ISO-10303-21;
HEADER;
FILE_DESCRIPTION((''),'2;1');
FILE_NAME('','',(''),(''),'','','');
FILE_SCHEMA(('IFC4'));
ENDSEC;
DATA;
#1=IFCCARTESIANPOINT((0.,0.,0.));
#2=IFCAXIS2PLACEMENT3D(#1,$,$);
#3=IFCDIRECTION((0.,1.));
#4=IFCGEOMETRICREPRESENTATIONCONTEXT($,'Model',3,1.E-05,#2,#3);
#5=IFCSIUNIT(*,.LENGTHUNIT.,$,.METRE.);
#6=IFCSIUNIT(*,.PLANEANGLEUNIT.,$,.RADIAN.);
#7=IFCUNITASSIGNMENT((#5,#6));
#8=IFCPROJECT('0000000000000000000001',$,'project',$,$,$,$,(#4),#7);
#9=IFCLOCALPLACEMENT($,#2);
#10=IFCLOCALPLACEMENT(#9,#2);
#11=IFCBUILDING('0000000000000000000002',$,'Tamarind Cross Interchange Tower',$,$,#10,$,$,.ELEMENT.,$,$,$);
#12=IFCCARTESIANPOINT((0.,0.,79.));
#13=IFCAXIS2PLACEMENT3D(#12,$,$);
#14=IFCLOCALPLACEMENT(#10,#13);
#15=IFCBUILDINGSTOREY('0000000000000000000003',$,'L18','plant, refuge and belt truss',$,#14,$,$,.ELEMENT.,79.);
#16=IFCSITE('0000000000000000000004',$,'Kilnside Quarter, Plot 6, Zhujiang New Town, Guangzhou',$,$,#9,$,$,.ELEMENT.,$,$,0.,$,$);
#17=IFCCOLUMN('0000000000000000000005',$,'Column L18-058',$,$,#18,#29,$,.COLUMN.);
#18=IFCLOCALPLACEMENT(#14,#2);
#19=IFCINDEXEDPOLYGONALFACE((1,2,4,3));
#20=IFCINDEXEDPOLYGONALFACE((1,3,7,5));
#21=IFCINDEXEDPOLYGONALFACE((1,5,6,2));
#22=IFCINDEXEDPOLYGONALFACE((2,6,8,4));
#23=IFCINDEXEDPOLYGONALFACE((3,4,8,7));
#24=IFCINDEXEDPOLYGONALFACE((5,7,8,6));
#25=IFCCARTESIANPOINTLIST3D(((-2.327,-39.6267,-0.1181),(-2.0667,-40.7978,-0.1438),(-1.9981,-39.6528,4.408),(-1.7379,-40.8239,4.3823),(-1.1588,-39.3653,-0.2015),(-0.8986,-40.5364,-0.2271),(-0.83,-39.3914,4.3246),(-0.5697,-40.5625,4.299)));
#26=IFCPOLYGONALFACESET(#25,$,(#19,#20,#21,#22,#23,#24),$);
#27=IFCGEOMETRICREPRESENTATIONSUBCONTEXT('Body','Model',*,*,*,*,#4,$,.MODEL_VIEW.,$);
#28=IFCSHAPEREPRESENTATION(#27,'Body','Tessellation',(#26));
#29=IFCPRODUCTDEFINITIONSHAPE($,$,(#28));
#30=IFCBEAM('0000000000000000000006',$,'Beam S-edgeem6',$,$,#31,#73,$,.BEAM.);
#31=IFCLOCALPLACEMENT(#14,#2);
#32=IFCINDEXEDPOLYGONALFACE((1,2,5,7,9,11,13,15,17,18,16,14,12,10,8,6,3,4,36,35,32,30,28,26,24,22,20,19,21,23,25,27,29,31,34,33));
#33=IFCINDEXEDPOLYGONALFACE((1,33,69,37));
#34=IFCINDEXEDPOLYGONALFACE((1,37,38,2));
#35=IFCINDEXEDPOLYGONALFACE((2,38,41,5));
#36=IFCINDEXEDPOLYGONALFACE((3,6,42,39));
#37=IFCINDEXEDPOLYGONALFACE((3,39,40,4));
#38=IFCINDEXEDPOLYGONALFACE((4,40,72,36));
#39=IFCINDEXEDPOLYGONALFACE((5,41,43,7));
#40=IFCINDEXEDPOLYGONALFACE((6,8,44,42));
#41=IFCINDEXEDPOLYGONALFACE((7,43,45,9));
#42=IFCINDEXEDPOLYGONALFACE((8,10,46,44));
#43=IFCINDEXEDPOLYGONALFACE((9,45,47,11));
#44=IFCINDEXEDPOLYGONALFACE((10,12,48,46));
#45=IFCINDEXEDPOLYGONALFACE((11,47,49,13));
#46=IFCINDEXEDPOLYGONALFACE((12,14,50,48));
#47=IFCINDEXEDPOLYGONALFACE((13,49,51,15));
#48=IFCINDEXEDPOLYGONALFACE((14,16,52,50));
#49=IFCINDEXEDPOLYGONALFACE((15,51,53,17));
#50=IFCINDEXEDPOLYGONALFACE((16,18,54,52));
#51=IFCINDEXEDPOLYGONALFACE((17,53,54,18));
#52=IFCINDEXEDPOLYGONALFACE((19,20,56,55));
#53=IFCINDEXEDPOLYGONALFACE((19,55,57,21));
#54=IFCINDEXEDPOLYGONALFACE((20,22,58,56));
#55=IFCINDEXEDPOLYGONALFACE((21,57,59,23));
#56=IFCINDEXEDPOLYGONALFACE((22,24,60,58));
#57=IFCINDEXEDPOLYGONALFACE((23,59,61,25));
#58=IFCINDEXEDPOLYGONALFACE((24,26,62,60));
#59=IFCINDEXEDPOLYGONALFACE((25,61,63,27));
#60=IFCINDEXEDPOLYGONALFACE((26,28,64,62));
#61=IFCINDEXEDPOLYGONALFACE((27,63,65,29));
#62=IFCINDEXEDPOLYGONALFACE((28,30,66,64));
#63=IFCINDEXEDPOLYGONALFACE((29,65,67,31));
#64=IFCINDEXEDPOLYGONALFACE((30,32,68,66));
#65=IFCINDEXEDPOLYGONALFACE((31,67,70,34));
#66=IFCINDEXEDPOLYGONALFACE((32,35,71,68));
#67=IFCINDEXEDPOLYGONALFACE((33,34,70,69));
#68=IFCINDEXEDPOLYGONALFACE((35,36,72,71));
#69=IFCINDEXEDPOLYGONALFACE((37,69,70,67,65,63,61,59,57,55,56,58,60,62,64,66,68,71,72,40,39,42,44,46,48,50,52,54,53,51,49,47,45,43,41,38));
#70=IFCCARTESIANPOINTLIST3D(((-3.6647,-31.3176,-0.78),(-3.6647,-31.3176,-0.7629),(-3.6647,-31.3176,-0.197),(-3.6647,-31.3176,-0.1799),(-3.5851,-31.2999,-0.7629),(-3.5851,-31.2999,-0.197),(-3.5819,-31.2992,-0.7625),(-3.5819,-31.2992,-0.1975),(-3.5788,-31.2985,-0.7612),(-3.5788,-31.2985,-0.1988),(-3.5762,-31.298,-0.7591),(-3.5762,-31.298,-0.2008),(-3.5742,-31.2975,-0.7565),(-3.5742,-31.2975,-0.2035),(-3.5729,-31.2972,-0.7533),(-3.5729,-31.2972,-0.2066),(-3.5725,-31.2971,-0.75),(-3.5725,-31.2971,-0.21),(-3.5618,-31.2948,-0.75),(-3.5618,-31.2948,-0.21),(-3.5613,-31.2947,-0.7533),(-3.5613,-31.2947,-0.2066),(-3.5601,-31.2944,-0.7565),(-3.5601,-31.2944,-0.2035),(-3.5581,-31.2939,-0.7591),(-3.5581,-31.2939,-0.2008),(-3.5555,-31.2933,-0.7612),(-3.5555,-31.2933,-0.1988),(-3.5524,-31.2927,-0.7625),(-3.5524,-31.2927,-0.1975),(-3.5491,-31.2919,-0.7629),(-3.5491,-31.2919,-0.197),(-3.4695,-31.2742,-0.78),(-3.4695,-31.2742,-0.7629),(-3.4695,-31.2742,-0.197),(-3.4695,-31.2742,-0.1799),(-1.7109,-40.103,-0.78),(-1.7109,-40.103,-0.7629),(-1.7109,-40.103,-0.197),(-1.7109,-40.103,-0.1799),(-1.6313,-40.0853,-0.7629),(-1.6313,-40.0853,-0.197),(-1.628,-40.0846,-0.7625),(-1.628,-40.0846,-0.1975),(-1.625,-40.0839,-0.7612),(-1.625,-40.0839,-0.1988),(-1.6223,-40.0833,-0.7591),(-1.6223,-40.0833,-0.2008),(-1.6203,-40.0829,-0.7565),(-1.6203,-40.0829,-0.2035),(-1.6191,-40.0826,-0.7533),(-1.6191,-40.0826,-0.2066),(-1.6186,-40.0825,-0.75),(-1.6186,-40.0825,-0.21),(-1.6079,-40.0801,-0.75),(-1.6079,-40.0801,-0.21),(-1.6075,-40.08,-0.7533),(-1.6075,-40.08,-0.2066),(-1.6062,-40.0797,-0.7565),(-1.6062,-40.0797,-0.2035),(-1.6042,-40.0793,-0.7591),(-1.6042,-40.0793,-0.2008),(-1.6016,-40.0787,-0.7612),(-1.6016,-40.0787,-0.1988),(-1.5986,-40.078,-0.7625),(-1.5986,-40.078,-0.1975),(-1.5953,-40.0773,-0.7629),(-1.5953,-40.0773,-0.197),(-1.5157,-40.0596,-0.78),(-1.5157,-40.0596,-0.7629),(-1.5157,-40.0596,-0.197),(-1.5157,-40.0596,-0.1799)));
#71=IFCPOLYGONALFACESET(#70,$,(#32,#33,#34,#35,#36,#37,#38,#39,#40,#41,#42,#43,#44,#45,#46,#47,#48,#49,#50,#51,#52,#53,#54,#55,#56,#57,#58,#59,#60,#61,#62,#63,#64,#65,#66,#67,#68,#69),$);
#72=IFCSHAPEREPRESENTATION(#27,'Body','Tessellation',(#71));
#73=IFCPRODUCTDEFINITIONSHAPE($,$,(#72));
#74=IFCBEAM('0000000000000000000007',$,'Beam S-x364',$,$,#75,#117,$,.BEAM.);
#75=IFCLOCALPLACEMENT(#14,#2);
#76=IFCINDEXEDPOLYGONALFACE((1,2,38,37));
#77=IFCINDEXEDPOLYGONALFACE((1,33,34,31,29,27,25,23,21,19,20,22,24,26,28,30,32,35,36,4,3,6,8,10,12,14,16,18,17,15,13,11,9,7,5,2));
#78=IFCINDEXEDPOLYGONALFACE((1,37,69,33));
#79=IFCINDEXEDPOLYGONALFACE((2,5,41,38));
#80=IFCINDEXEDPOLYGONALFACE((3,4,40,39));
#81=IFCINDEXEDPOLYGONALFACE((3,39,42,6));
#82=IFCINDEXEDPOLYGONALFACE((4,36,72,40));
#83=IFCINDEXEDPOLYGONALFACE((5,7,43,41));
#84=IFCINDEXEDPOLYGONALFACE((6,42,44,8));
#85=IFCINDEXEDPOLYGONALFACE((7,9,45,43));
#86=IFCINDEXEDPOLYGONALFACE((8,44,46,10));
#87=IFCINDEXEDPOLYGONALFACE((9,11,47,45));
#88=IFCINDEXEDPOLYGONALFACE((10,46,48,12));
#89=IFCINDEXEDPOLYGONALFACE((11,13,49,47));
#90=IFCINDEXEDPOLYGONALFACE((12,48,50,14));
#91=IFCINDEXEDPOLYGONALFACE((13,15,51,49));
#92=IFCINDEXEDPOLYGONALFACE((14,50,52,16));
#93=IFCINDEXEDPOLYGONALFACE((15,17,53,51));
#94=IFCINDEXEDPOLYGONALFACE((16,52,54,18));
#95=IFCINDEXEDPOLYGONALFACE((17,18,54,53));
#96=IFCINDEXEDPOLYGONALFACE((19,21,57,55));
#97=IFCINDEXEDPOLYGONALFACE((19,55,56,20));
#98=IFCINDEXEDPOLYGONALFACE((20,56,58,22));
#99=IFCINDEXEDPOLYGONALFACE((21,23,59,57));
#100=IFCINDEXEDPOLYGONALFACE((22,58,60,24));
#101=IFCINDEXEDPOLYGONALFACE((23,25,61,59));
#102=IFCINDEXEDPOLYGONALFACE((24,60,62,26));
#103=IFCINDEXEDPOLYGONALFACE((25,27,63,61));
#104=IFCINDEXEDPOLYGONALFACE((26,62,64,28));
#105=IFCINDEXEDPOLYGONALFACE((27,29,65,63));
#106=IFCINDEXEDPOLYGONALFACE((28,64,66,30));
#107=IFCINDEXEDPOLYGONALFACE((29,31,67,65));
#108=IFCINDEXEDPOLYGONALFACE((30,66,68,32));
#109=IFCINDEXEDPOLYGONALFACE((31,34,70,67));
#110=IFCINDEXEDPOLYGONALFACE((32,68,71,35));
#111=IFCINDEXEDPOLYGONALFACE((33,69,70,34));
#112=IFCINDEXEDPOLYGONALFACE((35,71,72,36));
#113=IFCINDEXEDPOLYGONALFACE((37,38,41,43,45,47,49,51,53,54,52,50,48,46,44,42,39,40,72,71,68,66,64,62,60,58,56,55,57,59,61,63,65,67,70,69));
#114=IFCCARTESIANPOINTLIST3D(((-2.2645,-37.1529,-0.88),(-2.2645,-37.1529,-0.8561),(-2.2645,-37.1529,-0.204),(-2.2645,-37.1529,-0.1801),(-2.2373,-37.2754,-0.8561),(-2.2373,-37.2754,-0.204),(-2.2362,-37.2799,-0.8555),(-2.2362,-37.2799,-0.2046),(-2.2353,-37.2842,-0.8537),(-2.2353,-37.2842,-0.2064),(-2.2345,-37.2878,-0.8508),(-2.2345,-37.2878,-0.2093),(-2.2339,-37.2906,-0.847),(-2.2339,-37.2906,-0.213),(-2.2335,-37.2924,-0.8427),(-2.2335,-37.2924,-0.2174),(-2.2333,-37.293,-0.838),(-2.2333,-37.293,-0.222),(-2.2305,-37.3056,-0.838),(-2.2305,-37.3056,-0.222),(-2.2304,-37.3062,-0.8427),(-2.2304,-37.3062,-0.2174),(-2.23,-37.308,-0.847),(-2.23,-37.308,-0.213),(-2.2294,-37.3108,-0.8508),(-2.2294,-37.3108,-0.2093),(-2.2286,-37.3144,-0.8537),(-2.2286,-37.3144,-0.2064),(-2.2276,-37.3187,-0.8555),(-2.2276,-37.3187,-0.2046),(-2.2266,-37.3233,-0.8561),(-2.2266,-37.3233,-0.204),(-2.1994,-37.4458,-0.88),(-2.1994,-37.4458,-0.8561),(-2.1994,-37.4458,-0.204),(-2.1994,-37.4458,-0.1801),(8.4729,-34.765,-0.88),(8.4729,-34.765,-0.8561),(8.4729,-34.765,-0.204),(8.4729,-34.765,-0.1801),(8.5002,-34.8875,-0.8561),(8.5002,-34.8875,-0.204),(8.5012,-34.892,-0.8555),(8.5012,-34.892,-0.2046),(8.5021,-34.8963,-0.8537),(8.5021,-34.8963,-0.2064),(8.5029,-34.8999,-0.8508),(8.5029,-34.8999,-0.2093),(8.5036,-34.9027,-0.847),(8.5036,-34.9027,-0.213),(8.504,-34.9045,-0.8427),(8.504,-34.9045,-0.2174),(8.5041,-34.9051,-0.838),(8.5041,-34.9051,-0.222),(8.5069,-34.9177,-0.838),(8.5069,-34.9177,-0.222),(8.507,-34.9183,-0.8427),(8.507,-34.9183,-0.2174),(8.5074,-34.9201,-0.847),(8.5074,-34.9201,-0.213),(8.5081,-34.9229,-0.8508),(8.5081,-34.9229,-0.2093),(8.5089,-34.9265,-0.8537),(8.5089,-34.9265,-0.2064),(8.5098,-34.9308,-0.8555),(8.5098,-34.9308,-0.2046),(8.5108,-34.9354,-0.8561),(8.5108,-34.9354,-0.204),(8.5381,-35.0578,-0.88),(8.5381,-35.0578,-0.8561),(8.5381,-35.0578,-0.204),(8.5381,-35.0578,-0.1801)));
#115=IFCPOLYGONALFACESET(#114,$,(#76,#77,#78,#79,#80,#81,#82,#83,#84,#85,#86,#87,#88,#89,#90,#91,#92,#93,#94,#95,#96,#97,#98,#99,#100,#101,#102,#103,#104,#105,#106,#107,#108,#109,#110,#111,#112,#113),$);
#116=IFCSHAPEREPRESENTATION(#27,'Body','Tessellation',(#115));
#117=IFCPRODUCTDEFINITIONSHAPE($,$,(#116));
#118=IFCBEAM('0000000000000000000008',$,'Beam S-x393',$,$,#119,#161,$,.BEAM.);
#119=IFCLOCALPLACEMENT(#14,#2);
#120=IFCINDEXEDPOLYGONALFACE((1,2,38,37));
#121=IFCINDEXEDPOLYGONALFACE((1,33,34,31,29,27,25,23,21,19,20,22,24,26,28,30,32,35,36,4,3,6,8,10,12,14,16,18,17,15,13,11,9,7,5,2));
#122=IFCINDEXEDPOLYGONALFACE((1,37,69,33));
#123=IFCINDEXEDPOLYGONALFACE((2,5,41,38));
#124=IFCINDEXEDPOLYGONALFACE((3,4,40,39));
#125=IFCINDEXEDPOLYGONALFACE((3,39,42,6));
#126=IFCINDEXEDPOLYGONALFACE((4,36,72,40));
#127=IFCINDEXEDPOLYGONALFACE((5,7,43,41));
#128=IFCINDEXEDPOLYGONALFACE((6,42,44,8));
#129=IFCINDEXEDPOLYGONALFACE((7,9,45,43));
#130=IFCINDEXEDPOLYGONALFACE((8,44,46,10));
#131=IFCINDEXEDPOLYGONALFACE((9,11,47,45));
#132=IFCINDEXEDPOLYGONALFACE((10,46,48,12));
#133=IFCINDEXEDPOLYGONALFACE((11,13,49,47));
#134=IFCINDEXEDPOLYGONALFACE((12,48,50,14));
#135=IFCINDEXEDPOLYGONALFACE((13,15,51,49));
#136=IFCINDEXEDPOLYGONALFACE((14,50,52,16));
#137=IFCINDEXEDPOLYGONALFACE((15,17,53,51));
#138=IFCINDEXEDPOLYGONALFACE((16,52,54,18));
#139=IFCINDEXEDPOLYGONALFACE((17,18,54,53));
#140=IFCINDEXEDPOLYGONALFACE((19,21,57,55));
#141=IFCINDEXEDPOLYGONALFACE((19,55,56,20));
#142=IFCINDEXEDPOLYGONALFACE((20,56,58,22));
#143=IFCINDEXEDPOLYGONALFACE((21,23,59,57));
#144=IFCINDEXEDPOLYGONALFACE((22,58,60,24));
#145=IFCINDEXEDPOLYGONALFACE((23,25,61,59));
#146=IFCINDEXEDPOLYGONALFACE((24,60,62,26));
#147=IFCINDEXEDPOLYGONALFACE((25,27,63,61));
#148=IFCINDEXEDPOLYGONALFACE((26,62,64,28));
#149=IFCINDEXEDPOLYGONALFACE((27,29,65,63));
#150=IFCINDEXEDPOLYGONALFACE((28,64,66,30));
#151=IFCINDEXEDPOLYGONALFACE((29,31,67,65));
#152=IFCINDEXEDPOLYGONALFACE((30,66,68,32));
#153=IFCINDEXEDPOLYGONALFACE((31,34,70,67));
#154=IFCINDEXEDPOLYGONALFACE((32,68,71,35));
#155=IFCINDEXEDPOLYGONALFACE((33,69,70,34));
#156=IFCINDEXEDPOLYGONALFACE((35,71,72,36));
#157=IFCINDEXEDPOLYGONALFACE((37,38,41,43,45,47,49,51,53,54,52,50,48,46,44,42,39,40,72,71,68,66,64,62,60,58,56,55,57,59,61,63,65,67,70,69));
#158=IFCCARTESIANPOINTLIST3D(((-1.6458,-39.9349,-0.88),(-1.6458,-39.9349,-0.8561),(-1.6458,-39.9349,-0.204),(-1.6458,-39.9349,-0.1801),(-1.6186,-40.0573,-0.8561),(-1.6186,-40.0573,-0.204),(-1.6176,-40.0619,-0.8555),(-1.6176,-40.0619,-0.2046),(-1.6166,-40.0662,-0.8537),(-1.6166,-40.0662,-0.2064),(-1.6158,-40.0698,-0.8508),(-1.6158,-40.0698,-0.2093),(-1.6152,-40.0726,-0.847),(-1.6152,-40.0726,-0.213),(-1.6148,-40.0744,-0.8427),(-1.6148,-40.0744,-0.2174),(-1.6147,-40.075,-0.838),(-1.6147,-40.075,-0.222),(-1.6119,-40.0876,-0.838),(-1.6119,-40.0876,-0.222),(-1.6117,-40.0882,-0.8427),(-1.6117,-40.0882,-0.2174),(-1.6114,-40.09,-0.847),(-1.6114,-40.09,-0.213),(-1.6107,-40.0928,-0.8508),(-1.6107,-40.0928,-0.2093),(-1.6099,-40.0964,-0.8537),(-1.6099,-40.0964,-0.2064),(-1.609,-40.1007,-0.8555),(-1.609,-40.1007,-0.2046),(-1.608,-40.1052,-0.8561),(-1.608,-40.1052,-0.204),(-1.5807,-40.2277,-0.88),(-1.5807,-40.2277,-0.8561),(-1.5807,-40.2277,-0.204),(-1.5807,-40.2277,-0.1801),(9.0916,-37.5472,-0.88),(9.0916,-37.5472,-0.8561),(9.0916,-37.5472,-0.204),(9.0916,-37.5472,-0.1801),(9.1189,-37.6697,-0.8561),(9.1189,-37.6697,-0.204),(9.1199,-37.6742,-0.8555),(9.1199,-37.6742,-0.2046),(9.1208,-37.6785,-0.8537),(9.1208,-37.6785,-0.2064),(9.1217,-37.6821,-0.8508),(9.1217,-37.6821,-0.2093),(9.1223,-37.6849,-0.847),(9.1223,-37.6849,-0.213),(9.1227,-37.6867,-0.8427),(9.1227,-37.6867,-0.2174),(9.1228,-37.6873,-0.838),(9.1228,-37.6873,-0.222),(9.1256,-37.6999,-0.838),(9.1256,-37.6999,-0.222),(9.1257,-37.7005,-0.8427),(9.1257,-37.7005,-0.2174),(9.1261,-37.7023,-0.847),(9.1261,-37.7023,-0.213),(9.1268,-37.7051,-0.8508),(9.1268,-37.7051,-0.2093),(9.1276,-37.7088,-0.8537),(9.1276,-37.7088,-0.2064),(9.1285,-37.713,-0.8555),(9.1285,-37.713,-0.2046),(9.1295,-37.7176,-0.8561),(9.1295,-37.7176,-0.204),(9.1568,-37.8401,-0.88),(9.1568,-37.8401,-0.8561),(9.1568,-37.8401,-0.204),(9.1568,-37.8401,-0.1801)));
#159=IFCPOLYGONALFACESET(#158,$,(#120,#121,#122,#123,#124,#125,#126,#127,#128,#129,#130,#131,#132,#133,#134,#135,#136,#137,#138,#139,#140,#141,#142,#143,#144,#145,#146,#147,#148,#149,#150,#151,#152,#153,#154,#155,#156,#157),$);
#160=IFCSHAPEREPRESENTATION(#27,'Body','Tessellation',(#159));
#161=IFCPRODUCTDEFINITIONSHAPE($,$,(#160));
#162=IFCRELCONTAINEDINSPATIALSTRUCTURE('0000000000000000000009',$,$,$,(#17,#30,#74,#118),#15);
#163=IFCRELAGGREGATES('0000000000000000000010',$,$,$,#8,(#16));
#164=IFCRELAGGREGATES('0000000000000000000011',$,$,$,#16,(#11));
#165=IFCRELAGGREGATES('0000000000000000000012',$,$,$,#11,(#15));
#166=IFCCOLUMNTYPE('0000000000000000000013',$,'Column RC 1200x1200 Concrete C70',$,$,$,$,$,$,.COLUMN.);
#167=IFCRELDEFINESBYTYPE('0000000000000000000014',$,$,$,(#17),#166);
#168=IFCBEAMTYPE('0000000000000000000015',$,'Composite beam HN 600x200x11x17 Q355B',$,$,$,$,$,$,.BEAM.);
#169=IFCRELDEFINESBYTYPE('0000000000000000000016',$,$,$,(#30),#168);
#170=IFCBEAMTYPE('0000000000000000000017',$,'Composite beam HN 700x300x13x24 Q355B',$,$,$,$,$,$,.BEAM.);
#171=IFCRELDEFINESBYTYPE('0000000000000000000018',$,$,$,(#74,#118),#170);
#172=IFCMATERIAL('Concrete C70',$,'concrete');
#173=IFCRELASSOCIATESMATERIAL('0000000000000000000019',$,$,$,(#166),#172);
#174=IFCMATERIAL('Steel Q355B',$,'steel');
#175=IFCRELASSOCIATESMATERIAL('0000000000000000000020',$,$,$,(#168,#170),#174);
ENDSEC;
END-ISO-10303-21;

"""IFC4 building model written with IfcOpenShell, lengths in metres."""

from ifc_helpers import new_model, si_unit, direction, frame, origin, origin_2d, place, context, subcontext, project, spatial, rectangle, i_section, extrude, material, material_profile, profile_set, type_object, element, save


model = new_model("IFC4")

# Units and contexts
model_context = context("Model", 3, precision=1e-05, world=origin(), true_north=direction((0.0, 1.0)))
body_context = subcontext(model_context, "Body", "Model", "MODEL_VIEW")
ifc_project = project(units=[si_unit("LENGTHUNIT", "METRE"), si_unit("PLANEANGLEUNIT", "RADIAN")], contexts=[model_context])

# Site, building, storey
site_placement = place(None, origin())
site = spatial("IfcSite", under=ifc_project, at=site_placement, Name="Kilnside Quarter, Plot 6, Zhujiang New Town, Guangzhou", CompositionType="ELEMENT", RefElevation=0.0)
building_placement = place(site_placement, origin())
building = spatial("IfcBuilding", under=site, at=building_placement, Name="Tamarind Cross Interchange Tower", CompositionType="ELEMENT")
storey_placement = place(building_placement, frame((0.0, 0.0, 79.0)))
storey = spatial("IfcBuildingStorey", under=building, at=storey_placement, Name="L18", Description="plant, refuge and belt truss", CompositionType="ELEMENT", Elevation=79.0)

# Column
ifc_material_1 = material(Name="Concrete C70", Category="concrete")
ifc_material_profile_1 = material_profile(ifc_material_1, rectangle(XDim=1.2, YDim=1.2, at=origin_2d()), Name="RC 1200x1200")
ifc_profile_set_1 = profile_set([ifc_material_profile_1], Name="Concrete C70")
column_type = type_object("IfcColumnType", Name="Column RC 1200x1200 Concrete C70", PredefinedType="COLUMN", material=ifc_profile_set_1)
column_placement = place(storey_placement, frame((-1.6128, -40.0815, -0.1726), z_axis=(0.072465, -0.005756, 0.997354), x_axis=(-0.216895, 0.975961, 0.021392)))
element("IfcColumn", 1, at=column_placement, inside=storey, type_object=column_type, Name="Column L18-058", PredefinedType="COLUMN", context=body_context, shape_type="SweptSolid", body=[
    extrude(rectangle(XDim=1.2, YDim=1.2, at=origin_2d()), origin(), (0.0, 0.0, 1.0), 4.5381),
])

# Beams
ifc_material_2 = material(Name="Steel Q355B", Category="steel")
ifc_material_profile_2 = material_profile(ifc_material_2, i_section(OverallWidth=0.2, OverallDepth=0.6001, WebThickness=0.011, FlangeThickness=0.0171, FilletRadius=0.0129, at=origin_2d()), Name="HN 600x200x11x17")
ifc_profile_set_2 = profile_set([ifc_material_profile_2], Name="Steel Q355B")
beam_type_1 = type_object("IfcBeamType", Name="Composite beam HN 600x200x11x17 Q355B", PredefinedType="BEAM", material=ifc_profile_set_2)
beam_placement = place(storey_placement, frame((-1.6133, -40.0813, -0.48), z_axis=(-0.217094, 0.976151, 0.0), x_axis=(-0.976151, -0.217094, 0.0)))
element("IfcBeam", 2, at=beam_placement, inside=storey, type_object=beam_type_1, Name="Beam S-edgeem6", PredefinedType="BEAM", context=body_context, shape_type="SweptSolid", body=[
    extrude(i_section(OverallWidth=0.2, OverallDepth=0.6001, WebThickness=0.011, FlangeThickness=0.0171, FilletRadius=0.0129, at=origin_2d()), origin(), (0.0, 0.0, 1.0), 9.0),
])
ifc_material_profile_3 = material_profile(ifc_material_2, i_section(OverallWidth=0.3, OverallDepth=0.7, WebThickness=0.0129, FlangeThickness=0.0239, FilletRadius=0.0181, at=origin_2d()), Name="HN 700x300x13x24")
ifc_profile_set_3 = profile_set([ifc_material_profile_3], Name="Steel Q355B")
beam_type_2 = type_object("IfcBeamType", Name="Composite beam HN 700x300x13x24 Q355B", PredefinedType="BEAM", material=ifc_profile_set_3)
for number, where, z_axis, x_axis, name in (
    (3, (-2.2319, -37.2993, -0.53), (0.976152, 0.217088, 0.0), (-0.217088, 0.976152, 0.0), "Beam S-x364"),
    (4, (-1.6133, -40.0813, -0.53), (0.976157, 0.217067, 0.0), (-0.217067, 0.976157, 0.0), "Beam S-x393"),
):
    element("IfcBeam", number, at=place(storey_placement, frame(where, z_axis=z_axis, x_axis=x_axis)), inside=storey, type_object=beam_type_2, Name=name, PredefinedType="BEAM", context=body_context, shape_type="SweptSolid", body=[
        extrude(i_section(OverallWidth=0.3, OverallDepth=0.7, WebThickness=0.0129, FlangeThickness=0.0239, FilletRadius=0.0181, at=origin_2d()), origin(), (0.0, 0.0, 1.0), 10.9998),
    ])

save(model, "model.ifc")
